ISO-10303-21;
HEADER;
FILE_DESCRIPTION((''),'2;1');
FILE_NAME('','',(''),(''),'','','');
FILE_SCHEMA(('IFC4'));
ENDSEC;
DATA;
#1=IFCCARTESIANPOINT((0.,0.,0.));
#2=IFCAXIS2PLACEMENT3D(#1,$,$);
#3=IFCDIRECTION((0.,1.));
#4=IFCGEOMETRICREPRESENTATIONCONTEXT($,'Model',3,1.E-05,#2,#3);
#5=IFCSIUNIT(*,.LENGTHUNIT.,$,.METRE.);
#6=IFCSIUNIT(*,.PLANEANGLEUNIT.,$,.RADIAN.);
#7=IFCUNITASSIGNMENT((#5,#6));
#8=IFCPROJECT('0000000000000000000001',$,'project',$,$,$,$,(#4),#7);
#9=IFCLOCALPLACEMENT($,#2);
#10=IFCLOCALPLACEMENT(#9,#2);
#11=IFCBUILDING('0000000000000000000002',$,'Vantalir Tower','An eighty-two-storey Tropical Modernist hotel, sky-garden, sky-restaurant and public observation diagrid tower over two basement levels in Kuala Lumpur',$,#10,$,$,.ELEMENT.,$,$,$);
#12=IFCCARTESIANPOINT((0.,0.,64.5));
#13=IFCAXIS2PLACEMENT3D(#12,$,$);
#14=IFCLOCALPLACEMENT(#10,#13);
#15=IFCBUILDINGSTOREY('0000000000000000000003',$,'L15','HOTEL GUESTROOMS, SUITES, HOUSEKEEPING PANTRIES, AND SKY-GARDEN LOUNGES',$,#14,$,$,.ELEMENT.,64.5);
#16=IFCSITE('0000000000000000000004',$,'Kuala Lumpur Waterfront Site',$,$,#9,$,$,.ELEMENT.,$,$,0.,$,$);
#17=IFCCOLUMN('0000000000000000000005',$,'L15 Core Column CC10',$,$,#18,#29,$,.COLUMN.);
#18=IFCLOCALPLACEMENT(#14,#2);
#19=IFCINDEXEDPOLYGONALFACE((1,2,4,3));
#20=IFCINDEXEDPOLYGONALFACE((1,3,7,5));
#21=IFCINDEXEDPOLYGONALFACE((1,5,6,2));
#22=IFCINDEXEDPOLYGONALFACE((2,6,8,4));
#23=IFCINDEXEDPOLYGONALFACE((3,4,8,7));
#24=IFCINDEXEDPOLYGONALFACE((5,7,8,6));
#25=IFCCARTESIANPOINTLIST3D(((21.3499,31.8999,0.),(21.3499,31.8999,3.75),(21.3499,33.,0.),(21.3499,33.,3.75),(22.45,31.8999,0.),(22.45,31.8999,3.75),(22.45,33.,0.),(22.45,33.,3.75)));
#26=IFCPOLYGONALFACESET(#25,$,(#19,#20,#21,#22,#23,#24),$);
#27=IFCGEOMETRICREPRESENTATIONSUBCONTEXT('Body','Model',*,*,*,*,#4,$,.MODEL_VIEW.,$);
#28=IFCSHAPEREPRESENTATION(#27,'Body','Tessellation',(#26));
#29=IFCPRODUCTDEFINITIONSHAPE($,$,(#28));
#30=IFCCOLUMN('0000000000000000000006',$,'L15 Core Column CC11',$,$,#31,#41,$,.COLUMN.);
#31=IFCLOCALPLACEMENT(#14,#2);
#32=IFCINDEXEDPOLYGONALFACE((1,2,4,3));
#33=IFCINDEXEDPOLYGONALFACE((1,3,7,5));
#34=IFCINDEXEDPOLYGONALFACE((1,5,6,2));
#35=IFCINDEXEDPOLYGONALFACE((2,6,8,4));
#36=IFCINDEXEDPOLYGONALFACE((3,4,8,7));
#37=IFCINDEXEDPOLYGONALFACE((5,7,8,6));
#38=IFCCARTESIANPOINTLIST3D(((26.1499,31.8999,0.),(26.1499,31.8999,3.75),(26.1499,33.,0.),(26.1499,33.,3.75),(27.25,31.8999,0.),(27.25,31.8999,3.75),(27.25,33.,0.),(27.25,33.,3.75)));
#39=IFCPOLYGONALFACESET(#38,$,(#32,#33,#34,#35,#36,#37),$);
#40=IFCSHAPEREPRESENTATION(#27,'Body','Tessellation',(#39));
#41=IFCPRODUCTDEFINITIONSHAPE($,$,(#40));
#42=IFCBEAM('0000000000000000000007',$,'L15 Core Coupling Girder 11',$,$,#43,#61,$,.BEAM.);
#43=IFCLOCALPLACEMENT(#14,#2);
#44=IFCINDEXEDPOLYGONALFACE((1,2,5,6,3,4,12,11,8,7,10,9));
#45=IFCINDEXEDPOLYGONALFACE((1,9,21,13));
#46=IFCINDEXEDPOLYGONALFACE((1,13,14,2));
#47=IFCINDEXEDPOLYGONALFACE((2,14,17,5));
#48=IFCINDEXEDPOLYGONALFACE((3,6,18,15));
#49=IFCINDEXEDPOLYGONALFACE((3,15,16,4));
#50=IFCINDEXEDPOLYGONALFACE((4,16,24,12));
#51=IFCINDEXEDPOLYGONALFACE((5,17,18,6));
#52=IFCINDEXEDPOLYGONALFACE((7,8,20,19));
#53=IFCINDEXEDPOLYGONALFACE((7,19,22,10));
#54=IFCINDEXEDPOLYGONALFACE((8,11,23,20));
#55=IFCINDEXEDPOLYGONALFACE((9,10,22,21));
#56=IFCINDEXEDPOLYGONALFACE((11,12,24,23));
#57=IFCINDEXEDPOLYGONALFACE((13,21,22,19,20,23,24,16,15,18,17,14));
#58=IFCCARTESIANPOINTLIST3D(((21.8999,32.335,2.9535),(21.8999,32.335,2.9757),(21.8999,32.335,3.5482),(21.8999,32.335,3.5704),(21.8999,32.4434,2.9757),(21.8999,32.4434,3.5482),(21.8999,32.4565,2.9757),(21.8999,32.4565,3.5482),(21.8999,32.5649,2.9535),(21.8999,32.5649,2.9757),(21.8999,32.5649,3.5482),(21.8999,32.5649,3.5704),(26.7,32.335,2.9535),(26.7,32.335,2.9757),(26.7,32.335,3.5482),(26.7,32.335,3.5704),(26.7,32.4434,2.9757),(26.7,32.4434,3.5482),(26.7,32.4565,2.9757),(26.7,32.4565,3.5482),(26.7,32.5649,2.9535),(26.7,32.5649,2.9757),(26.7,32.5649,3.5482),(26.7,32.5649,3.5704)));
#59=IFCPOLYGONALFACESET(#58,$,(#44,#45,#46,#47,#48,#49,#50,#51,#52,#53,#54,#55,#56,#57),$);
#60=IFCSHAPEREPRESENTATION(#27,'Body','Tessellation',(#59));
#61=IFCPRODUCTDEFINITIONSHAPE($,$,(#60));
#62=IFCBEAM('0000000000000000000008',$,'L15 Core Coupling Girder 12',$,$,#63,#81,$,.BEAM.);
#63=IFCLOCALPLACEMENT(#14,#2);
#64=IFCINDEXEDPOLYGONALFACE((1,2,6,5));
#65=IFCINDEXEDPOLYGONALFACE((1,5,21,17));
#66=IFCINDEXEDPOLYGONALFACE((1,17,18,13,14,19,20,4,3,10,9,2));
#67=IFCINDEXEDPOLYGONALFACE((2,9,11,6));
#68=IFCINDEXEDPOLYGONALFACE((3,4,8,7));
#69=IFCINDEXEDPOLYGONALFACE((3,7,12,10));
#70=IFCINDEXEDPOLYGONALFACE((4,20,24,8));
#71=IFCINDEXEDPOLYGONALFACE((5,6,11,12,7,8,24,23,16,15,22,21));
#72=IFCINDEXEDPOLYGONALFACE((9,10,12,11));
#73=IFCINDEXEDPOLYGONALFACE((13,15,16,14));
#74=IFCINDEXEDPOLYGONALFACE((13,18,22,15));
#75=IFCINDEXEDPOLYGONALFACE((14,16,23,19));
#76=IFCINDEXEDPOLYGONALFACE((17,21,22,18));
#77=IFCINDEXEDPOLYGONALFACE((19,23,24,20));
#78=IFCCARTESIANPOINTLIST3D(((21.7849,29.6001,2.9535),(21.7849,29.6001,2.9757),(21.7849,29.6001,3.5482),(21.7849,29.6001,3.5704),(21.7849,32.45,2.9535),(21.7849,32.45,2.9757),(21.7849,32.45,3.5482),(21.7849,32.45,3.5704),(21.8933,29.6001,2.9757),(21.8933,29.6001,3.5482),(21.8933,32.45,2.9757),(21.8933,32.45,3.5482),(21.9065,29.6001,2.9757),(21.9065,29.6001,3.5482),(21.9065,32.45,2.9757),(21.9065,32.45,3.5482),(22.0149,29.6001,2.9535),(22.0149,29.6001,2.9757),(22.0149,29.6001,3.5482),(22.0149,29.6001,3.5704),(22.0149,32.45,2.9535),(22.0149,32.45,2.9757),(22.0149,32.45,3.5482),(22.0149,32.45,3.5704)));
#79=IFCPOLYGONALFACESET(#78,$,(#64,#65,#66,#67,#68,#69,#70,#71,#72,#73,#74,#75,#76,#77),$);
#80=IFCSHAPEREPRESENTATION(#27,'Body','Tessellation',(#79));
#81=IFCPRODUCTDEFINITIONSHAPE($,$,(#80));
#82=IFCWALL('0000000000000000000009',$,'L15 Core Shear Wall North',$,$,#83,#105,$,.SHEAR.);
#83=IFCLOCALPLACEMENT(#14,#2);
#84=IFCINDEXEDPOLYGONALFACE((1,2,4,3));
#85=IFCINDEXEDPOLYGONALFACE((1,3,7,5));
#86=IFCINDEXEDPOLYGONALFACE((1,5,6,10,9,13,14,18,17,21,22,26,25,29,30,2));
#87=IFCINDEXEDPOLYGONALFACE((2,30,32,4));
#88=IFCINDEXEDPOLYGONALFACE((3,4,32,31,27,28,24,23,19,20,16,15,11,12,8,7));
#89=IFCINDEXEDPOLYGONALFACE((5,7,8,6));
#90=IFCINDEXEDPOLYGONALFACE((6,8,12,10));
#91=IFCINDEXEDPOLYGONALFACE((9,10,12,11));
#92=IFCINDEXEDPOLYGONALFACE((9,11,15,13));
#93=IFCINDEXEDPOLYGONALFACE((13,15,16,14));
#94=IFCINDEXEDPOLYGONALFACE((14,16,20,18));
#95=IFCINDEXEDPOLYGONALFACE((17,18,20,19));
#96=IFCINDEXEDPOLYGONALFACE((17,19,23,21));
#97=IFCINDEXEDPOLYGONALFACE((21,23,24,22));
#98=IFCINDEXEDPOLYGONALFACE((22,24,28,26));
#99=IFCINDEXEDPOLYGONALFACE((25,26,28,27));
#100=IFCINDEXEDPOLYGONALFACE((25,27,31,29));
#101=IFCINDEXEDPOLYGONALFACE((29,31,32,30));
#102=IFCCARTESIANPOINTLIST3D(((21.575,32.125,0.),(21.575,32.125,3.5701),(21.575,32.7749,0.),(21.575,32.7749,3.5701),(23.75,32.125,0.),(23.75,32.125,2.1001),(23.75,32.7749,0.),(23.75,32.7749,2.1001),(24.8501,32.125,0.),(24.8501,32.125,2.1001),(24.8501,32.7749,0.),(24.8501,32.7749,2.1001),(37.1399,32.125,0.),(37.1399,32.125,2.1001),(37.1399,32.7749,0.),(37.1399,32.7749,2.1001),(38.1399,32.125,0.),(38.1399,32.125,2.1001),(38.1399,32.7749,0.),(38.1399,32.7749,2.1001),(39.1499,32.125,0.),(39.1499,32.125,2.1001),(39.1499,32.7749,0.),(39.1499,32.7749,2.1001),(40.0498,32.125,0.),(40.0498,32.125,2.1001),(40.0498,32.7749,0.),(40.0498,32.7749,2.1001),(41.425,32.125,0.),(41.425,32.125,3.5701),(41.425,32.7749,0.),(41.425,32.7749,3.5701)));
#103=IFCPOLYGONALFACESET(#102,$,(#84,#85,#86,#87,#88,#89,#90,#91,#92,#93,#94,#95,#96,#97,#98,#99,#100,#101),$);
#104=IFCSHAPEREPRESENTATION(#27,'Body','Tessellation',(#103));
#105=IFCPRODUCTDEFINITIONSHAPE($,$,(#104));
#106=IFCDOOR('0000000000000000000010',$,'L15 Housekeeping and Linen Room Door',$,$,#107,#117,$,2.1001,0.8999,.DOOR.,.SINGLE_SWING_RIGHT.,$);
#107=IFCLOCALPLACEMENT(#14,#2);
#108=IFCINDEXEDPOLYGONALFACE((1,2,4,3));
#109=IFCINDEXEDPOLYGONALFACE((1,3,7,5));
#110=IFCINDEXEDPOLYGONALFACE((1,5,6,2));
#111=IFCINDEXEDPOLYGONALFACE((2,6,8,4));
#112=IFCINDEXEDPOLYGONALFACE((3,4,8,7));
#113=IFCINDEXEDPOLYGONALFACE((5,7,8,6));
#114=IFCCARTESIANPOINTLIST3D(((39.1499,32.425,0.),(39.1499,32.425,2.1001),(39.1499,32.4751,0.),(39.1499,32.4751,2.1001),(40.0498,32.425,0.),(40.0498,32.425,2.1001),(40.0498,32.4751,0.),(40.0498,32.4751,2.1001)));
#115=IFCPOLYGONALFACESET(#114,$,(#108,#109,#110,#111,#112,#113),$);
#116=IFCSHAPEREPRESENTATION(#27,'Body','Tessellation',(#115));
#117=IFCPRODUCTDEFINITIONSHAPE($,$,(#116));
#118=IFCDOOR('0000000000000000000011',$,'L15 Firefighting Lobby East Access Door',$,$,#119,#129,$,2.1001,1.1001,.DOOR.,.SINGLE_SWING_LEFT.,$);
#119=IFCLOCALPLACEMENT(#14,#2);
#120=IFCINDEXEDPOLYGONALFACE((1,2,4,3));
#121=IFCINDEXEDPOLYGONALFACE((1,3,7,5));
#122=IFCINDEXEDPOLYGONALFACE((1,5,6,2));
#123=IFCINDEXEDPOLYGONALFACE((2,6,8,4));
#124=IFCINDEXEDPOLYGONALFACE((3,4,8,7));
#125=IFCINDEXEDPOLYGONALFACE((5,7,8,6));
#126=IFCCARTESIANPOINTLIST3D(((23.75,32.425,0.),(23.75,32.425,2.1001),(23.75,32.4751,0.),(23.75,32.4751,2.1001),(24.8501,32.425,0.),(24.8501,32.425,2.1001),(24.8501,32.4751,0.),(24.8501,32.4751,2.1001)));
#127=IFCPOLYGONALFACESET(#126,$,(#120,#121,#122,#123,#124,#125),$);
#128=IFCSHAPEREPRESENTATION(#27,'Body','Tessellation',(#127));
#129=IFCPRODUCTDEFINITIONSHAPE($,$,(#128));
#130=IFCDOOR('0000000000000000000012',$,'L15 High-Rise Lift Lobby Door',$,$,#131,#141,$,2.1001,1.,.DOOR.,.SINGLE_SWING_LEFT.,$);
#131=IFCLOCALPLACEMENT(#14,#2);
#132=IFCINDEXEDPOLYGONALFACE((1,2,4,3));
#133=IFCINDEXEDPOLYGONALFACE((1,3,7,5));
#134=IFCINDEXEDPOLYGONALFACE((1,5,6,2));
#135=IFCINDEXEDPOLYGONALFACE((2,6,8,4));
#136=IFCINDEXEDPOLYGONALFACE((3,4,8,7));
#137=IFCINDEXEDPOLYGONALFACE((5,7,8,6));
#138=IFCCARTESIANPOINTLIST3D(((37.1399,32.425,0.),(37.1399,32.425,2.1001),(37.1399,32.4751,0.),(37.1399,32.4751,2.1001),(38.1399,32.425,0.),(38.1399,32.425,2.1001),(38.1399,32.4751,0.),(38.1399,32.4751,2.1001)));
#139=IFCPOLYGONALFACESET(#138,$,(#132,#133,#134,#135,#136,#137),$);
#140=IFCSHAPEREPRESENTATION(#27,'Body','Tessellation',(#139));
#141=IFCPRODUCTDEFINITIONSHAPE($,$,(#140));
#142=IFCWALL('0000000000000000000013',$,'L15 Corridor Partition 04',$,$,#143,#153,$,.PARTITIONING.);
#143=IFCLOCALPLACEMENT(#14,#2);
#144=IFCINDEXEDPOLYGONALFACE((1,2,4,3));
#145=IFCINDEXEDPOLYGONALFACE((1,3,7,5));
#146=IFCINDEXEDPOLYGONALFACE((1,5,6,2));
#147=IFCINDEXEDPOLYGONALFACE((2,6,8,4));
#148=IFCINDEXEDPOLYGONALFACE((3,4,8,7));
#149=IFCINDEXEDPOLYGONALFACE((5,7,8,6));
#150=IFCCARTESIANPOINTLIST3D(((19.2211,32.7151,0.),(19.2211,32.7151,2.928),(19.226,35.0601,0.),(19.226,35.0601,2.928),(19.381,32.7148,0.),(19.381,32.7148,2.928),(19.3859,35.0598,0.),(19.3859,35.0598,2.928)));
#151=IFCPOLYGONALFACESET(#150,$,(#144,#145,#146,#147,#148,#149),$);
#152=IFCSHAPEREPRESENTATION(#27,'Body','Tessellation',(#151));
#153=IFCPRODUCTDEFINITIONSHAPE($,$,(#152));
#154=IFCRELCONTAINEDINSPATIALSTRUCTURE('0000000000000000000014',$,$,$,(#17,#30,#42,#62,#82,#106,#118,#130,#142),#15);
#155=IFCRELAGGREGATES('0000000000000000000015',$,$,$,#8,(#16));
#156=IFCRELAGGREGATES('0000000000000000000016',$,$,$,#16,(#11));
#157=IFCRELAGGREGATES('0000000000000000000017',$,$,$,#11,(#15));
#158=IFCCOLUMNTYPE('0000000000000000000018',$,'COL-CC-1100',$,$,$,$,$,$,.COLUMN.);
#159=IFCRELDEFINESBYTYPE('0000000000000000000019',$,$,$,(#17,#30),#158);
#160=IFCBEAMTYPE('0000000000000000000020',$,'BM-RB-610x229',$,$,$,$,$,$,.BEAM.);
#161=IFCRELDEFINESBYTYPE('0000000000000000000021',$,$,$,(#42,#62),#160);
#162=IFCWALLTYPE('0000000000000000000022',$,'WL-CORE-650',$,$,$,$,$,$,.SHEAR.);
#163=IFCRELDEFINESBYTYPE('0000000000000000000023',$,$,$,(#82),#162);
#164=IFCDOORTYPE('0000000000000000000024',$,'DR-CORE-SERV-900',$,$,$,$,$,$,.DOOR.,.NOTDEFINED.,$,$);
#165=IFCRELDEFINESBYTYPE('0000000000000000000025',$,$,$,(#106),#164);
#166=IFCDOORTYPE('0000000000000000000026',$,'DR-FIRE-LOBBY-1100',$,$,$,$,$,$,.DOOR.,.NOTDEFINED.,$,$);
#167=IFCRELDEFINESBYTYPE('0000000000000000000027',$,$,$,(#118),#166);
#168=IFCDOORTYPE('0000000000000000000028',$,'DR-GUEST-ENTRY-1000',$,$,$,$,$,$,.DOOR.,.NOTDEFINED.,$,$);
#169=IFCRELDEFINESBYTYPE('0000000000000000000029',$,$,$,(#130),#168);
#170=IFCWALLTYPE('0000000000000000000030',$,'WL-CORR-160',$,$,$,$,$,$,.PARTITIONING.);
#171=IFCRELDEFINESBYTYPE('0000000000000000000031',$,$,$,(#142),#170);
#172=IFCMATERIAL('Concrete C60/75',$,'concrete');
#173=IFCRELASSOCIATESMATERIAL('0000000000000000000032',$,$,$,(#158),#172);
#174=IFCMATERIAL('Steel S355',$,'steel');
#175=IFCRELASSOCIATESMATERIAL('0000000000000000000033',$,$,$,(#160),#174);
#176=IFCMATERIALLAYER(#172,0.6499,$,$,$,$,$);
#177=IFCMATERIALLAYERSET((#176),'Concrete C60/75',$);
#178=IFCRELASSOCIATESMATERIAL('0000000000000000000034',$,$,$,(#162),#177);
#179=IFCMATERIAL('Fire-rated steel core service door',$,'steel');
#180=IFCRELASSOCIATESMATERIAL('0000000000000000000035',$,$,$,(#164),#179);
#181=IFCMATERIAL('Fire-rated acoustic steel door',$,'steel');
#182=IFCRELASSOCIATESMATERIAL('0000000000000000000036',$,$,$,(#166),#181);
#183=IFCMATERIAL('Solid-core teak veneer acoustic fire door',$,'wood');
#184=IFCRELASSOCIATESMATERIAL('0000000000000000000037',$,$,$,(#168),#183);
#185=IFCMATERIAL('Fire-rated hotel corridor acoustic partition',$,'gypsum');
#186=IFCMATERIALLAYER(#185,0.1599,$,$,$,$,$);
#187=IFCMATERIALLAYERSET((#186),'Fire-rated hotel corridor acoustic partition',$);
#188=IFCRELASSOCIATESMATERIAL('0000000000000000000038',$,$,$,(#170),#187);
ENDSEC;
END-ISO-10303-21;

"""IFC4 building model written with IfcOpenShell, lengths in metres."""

from ifc_helpers import new_model, si_unit, direction, frame, frame_2d, origin, origin_2d, place, context, subcontext, project, spatial, rectangle, i_section, extrude, material, layer, layer_set, material_profile, profile_set, type_object, element, fill, save


model = new_model("IFC4")

# Units and contexts
model_context = context("Model", 3, precision=1e-05, world=origin(), true_north=direction((0.0, 1.0)))
body_context = subcontext(model_context, "Body", "Model", "MODEL_VIEW")
ifc_project = project(units=[si_unit("LENGTHUNIT", "METRE"), si_unit("PLANEANGLEUNIT", "RADIAN")], contexts=[model_context])

# Site, building, storey
site_placement = place(None, origin())
site = spatial("IfcSite", under=ifc_project, at=site_placement, Name="Kuala Lumpur Waterfront Site", CompositionType="ELEMENT", RefElevation=0.0)
building_placement = place(site_placement, origin())
building = spatial("IfcBuilding", under=site, at=building_placement, Name="Vantalir Tower", Description="An eighty-two-storey Tropical Modernist hotel, sky-garden, sky-restaurant and public observation diagrid tower over two basement levels in Kuala Lumpur", CompositionType="ELEMENT")
storey_placement = place(building_placement, frame((0.0, 0.0, 64.5)))
storey = spatial("IfcBuildingStorey", under=building, at=storey_placement, Name="L15", Description="HOTEL GUESTROOMS, SUITES, HOUSEKEEPING PANTRIES, AND SKY-GARDEN LOUNGES", CompositionType="ELEMENT", Elevation=64.5)

# Columns
ifc_material_1 = material(Name="Concrete C60/75", Category="concrete")
ifc_material_profile_1 = material_profile(ifc_material_1, rectangle(XDim=1.1001, YDim=1.1001, at=origin_2d()), Name="Concrete C60/75")
ifc_profile_set_1 = profile_set([ifc_material_profile_1], Name="Concrete C60/75")
column_type = type_object("IfcColumnType", Name="COL-CC-1100", PredefinedType="COLUMN", material=ifc_profile_set_1)
for number, where, z_axis, x_axis, name in (
    (1, (21.8999, 32.45, 0.0), (0.0, 0.0, 1.0), (1.0, 0.0, 0.0), "L15 Core Column CC10"),
    (2, (26.7, 32.45, 0.0), (0.0, 0.0, 1.0), (1.0, 0.0, 0.0), "L15 Core Column CC11"),
):
    element("IfcColumn", number, at=place(storey_placement, frame(where, z_axis=z_axis, x_axis=x_axis)), inside=storey, type_object=column_type, Name=name, PredefinedType="COLUMN", context=body_context, shape_type="SweptSolid", body=[
        extrude(rectangle(XDim=1.1001, YDim=1.1001, at=origin_2d()), origin(), (0.0, 0.0, 1.0), 3.75),
    ])

# Beams
ifc_material_2 = material(Name="Steel S355", Category="steel")
ifc_material_profile_2 = material_profile(ifc_material_2, i_section(OverallWidth=0.23, OverallDepth=0.6169, WebThickness=0.0132, FlangeThickness=0.0222, at=origin_2d()), Name="Steel S355")
ifc_profile_set_2 = profile_set([ifc_material_profile_2], Name="Steel S355")
beam_type = type_object("IfcBeamType", Name="BM-RB-610x229", PredefinedType="BEAM", material=ifc_profile_set_2)
beam_1_placement = place(storey_placement, frame((26.7, 32.45, 3.262), z_axis=(-1.0, 0.0, 0.0), x_axis=(0.0, -1.0, 0.0)))
element("IfcBeam", 3, at=beam_1_placement, inside=storey, type_object=beam_type, Name="L15 Core Coupling Girder 11", PredefinedType="BEAM", context=body_context, shape_type="SweptSolid", body=[
    extrude(i_section(OverallWidth=0.23, OverallDepth=0.6169, WebThickness=0.0132, FlangeThickness=0.0222, at=origin_2d()), origin(), (0.0, 0.0, 1.0), 4.8),
])
beam_2_placement = place(storey_placement, frame((21.8999, 32.45, 3.262), z_axis=(0.0, -1.0, 0.0), x_axis=(1.0, 0.0, 0.0)))
element("IfcBeam", 4, at=beam_2_placement, inside=storey, type_object=beam_type, Name="L15 Core Coupling Girder 12", PredefinedType="BEAM", context=body_context, shape_type="SweptSolid", body=[
    extrude(i_section(OverallWidth=0.23, OverallDepth=0.6169, WebThickness=0.0132, FlangeThickness=0.0222, at=origin_2d()), origin(), (0.0, 0.0, 1.0), 2.8499),
])

# Wall, openings, doors
ifc_layer_1 = layer(ifc_material_1, 0.6499)
ifc_layer_set_1 = layer_set([ifc_layer_1], Name="Concrete C60/75")
wall_type_1 = type_object("IfcWallType", Name="WL-CORE-650", PredefinedType="SHEAR", material=ifc_layer_set_1)
wall_1_placement = place(storey_placement, frame((21.575, 32.45, 0.0), z_axis=(0.0, 0.0, 1.0), x_axis=(1.0, 0.0, 0.0)))
wall_1 = element("IfcWall", 5, at=wall_1_placement, inside=storey, type_object=wall_type_1, Name="L15 Core Shear Wall North", PredefinedType="SHEAR", context=body_context, shape_type="SweptSolid", body=[
    extrude(rectangle(XDim=19.8501, YDim=0.6499, at=frame_2d((9.925, 0.0))), origin(), (0.0, 0.0, 1.0), 3.5701),
])
opening_1_placement = place(wall_1_placement, frame((2.175, 0.0, 0.0)))
opening_1 = element("IfcOpeningElement", 6, at=opening_1_placement, cuts=wall_1, PredefinedType="OPENING", context=body_context, shape_type="SweptSolid", body=[
    extrude(rectangle(XDim=1.1001, YDim=2.1001, at=frame_2d((0.55, 1.05))), frame((0.0, 0.335, 0.0), z_axis=(0.0, -1.0, 0.0), x_axis=(1.0, 0.0, 0.0)), (0.0, 0.0, 1.0), 0.6699),
])
opening_2_placement = place(wall_1_placement, frame((15.5649, 0.0, 0.0)))
opening_2 = element("IfcOpeningElement", 7, at=opening_2_placement, cuts=wall_1, PredefinedType="OPENING", context=body_context, shape_type="SweptSolid", body=[
    extrude(rectangle(XDim=1.0, YDim=2.1001, at=frame_2d((0.5, 1.05))), frame((0.0, 0.335, 0.0), z_axis=(0.0, -1.0, 0.0), x_axis=(1.0, 0.0, 0.0)), (0.0, 0.0, 1.0), 0.6699),
])
opening_3_placement = place(wall_1_placement, frame((17.575, 0.0, 0.0)))
opening_3 = element("IfcOpeningElement", 8, at=opening_3_placement, cuts=wall_1, PredefinedType="OPENING", context=body_context, shape_type="SweptSolid", body=[
    extrude(rectangle(XDim=0.8999, YDim=2.1001, at=frame_2d((0.45, 1.05))), frame((0.0, 0.335, 0.0), z_axis=(0.0, -1.0, 0.0), x_axis=(1.0, 0.0, 0.0)), (0.0, 0.0, 1.0), 0.6699),
])
ifc_material_3 = material(Name="Fire-rated steel core service door", Category="steel")
door_type_1 = type_object("IfcDoorType", Name="DR-CORE-SERV-900", OperationType="NOTDEFINED", PredefinedType="DOOR", material=ifc_material_3)
door_1_placement = place(opening_3_placement, frame((0.8999, 0.0, 0.0), z_axis=(0.0, 0.0, 1.0), x_axis=(-1.0, 0.0, 0.0)))
door_1 = element("IfcDoor", 9, at=door_1_placement, inside=storey, type_object=door_type_1, Name="L15 Housekeeping and Linen Room Door", OperationType="SINGLE_SWING_RIGHT", OverallHeight=2.1001, OverallWidth=0.8999, PredefinedType="DOOR", context=body_context, shape_type="SweptSolid", body=[
    extrude(rectangle(XDim=0.8999, YDim=2.1001, at=frame_2d((0.45, 1.05))), frame((0.0, 0.0249, 0.0), z_axis=(0.0, -1.0, 0.0), x_axis=(1.0, 0.0, 0.0)), (0.0, 0.0, 1.0), 0.05),
])
fill(opening_3, door_1)
ifc_material_4 = material(Name="Fire-rated acoustic steel door", Category="steel")
door_type_2 = type_object("IfcDoorType", Name="DR-FIRE-LOBBY-1100", OperationType="NOTDEFINED", PredefinedType="DOOR", material=ifc_material_4)
door_2_placement = place(opening_1_placement, frame((1.1001, 0.0, 0.0), z_axis=(0.0, 0.0, 1.0), x_axis=(-1.0, 0.0, 0.0)))
door_2 = element("IfcDoor", 10, at=door_2_placement, inside=storey, type_object=door_type_2, Name="L15 Firefighting Lobby East Access Door", OperationType="SINGLE_SWING_LEFT", OverallHeight=2.1001, OverallWidth=1.1001, PredefinedType="DOOR", context=body_context, shape_type="SweptSolid", body=[
    extrude(rectangle(XDim=1.1001, YDim=2.1001, at=frame_2d((0.55, 1.05))), frame((0.0, 0.0249, 0.0), z_axis=(0.0, -1.0, 0.0), x_axis=(1.0, 0.0, 0.0)), (0.0, 0.0, 1.0), 0.05),
])
fill(opening_1, door_2)
ifc_material_5 = material(Name="Solid-core teak veneer acoustic fire door", Category="wood")
door_type_3 = type_object("IfcDoorType", Name="DR-GUEST-ENTRY-1000", OperationType="NOTDEFINED", PredefinedType="DOOR", material=ifc_material_5)
door_3_placement = place(opening_2_placement, frame((1.0, 0.0, 0.0), z_axis=(0.0, 0.0, 1.0), x_axis=(-1.0, 0.0, 0.0)))
door_3 = element("IfcDoor", 11, at=door_3_placement, inside=storey, type_object=door_type_3, Name="L15 High-Rise Lift Lobby Door", OperationType="SINGLE_SWING_LEFT", OverallHeight=2.1001, OverallWidth=1.0, PredefinedType="DOOR", context=body_context, shape_type="SweptSolid", body=[
    extrude(rectangle(XDim=1.0, YDim=2.1001, at=frame_2d((0.5, 1.05))), frame((0.0, 0.0249, 0.0), z_axis=(0.0, -1.0, 0.0), x_axis=(1.0, 0.0, 0.0)), (0.0, 0.0, 1.0), 0.05),
])
fill(opening_2, door_3)

# Wall
ifc_material_6 = material(Name="Fire-rated hotel corridor acoustic partition", Category="gypsum")
ifc_layer_2 = layer(ifc_material_6, 0.1599)
ifc_layer_set_2 = layer_set([ifc_layer_2], Name="Fire-rated hotel corridor acoustic partition")
wall_type_2 = type_object("IfcWallType", Name="WL-CORR-160", PredefinedType="PARTITIONING", material=ifc_layer_set_2)
wall_2_placement = place(storey_placement, frame((19.301, 32.7151, 0.0), z_axis=(0.0, 0.0, 1.0), x_axis=(0.002082, 0.999998, 0.0)))
element("IfcWall", 12, at=wall_2_placement, inside=storey, type_object=wall_type_2, Name="L15 Corridor Partition 04", PredefinedType="PARTITIONING", context=body_context, shape_type="SweptSolid", body=[
    extrude(rectangle(XDim=2.345, YDim=0.1599, at=frame_2d((1.1724, 0.0))), origin(), (0.0, 0.0, 1.0), 2.928),
])

save(model, "model.ifc")
